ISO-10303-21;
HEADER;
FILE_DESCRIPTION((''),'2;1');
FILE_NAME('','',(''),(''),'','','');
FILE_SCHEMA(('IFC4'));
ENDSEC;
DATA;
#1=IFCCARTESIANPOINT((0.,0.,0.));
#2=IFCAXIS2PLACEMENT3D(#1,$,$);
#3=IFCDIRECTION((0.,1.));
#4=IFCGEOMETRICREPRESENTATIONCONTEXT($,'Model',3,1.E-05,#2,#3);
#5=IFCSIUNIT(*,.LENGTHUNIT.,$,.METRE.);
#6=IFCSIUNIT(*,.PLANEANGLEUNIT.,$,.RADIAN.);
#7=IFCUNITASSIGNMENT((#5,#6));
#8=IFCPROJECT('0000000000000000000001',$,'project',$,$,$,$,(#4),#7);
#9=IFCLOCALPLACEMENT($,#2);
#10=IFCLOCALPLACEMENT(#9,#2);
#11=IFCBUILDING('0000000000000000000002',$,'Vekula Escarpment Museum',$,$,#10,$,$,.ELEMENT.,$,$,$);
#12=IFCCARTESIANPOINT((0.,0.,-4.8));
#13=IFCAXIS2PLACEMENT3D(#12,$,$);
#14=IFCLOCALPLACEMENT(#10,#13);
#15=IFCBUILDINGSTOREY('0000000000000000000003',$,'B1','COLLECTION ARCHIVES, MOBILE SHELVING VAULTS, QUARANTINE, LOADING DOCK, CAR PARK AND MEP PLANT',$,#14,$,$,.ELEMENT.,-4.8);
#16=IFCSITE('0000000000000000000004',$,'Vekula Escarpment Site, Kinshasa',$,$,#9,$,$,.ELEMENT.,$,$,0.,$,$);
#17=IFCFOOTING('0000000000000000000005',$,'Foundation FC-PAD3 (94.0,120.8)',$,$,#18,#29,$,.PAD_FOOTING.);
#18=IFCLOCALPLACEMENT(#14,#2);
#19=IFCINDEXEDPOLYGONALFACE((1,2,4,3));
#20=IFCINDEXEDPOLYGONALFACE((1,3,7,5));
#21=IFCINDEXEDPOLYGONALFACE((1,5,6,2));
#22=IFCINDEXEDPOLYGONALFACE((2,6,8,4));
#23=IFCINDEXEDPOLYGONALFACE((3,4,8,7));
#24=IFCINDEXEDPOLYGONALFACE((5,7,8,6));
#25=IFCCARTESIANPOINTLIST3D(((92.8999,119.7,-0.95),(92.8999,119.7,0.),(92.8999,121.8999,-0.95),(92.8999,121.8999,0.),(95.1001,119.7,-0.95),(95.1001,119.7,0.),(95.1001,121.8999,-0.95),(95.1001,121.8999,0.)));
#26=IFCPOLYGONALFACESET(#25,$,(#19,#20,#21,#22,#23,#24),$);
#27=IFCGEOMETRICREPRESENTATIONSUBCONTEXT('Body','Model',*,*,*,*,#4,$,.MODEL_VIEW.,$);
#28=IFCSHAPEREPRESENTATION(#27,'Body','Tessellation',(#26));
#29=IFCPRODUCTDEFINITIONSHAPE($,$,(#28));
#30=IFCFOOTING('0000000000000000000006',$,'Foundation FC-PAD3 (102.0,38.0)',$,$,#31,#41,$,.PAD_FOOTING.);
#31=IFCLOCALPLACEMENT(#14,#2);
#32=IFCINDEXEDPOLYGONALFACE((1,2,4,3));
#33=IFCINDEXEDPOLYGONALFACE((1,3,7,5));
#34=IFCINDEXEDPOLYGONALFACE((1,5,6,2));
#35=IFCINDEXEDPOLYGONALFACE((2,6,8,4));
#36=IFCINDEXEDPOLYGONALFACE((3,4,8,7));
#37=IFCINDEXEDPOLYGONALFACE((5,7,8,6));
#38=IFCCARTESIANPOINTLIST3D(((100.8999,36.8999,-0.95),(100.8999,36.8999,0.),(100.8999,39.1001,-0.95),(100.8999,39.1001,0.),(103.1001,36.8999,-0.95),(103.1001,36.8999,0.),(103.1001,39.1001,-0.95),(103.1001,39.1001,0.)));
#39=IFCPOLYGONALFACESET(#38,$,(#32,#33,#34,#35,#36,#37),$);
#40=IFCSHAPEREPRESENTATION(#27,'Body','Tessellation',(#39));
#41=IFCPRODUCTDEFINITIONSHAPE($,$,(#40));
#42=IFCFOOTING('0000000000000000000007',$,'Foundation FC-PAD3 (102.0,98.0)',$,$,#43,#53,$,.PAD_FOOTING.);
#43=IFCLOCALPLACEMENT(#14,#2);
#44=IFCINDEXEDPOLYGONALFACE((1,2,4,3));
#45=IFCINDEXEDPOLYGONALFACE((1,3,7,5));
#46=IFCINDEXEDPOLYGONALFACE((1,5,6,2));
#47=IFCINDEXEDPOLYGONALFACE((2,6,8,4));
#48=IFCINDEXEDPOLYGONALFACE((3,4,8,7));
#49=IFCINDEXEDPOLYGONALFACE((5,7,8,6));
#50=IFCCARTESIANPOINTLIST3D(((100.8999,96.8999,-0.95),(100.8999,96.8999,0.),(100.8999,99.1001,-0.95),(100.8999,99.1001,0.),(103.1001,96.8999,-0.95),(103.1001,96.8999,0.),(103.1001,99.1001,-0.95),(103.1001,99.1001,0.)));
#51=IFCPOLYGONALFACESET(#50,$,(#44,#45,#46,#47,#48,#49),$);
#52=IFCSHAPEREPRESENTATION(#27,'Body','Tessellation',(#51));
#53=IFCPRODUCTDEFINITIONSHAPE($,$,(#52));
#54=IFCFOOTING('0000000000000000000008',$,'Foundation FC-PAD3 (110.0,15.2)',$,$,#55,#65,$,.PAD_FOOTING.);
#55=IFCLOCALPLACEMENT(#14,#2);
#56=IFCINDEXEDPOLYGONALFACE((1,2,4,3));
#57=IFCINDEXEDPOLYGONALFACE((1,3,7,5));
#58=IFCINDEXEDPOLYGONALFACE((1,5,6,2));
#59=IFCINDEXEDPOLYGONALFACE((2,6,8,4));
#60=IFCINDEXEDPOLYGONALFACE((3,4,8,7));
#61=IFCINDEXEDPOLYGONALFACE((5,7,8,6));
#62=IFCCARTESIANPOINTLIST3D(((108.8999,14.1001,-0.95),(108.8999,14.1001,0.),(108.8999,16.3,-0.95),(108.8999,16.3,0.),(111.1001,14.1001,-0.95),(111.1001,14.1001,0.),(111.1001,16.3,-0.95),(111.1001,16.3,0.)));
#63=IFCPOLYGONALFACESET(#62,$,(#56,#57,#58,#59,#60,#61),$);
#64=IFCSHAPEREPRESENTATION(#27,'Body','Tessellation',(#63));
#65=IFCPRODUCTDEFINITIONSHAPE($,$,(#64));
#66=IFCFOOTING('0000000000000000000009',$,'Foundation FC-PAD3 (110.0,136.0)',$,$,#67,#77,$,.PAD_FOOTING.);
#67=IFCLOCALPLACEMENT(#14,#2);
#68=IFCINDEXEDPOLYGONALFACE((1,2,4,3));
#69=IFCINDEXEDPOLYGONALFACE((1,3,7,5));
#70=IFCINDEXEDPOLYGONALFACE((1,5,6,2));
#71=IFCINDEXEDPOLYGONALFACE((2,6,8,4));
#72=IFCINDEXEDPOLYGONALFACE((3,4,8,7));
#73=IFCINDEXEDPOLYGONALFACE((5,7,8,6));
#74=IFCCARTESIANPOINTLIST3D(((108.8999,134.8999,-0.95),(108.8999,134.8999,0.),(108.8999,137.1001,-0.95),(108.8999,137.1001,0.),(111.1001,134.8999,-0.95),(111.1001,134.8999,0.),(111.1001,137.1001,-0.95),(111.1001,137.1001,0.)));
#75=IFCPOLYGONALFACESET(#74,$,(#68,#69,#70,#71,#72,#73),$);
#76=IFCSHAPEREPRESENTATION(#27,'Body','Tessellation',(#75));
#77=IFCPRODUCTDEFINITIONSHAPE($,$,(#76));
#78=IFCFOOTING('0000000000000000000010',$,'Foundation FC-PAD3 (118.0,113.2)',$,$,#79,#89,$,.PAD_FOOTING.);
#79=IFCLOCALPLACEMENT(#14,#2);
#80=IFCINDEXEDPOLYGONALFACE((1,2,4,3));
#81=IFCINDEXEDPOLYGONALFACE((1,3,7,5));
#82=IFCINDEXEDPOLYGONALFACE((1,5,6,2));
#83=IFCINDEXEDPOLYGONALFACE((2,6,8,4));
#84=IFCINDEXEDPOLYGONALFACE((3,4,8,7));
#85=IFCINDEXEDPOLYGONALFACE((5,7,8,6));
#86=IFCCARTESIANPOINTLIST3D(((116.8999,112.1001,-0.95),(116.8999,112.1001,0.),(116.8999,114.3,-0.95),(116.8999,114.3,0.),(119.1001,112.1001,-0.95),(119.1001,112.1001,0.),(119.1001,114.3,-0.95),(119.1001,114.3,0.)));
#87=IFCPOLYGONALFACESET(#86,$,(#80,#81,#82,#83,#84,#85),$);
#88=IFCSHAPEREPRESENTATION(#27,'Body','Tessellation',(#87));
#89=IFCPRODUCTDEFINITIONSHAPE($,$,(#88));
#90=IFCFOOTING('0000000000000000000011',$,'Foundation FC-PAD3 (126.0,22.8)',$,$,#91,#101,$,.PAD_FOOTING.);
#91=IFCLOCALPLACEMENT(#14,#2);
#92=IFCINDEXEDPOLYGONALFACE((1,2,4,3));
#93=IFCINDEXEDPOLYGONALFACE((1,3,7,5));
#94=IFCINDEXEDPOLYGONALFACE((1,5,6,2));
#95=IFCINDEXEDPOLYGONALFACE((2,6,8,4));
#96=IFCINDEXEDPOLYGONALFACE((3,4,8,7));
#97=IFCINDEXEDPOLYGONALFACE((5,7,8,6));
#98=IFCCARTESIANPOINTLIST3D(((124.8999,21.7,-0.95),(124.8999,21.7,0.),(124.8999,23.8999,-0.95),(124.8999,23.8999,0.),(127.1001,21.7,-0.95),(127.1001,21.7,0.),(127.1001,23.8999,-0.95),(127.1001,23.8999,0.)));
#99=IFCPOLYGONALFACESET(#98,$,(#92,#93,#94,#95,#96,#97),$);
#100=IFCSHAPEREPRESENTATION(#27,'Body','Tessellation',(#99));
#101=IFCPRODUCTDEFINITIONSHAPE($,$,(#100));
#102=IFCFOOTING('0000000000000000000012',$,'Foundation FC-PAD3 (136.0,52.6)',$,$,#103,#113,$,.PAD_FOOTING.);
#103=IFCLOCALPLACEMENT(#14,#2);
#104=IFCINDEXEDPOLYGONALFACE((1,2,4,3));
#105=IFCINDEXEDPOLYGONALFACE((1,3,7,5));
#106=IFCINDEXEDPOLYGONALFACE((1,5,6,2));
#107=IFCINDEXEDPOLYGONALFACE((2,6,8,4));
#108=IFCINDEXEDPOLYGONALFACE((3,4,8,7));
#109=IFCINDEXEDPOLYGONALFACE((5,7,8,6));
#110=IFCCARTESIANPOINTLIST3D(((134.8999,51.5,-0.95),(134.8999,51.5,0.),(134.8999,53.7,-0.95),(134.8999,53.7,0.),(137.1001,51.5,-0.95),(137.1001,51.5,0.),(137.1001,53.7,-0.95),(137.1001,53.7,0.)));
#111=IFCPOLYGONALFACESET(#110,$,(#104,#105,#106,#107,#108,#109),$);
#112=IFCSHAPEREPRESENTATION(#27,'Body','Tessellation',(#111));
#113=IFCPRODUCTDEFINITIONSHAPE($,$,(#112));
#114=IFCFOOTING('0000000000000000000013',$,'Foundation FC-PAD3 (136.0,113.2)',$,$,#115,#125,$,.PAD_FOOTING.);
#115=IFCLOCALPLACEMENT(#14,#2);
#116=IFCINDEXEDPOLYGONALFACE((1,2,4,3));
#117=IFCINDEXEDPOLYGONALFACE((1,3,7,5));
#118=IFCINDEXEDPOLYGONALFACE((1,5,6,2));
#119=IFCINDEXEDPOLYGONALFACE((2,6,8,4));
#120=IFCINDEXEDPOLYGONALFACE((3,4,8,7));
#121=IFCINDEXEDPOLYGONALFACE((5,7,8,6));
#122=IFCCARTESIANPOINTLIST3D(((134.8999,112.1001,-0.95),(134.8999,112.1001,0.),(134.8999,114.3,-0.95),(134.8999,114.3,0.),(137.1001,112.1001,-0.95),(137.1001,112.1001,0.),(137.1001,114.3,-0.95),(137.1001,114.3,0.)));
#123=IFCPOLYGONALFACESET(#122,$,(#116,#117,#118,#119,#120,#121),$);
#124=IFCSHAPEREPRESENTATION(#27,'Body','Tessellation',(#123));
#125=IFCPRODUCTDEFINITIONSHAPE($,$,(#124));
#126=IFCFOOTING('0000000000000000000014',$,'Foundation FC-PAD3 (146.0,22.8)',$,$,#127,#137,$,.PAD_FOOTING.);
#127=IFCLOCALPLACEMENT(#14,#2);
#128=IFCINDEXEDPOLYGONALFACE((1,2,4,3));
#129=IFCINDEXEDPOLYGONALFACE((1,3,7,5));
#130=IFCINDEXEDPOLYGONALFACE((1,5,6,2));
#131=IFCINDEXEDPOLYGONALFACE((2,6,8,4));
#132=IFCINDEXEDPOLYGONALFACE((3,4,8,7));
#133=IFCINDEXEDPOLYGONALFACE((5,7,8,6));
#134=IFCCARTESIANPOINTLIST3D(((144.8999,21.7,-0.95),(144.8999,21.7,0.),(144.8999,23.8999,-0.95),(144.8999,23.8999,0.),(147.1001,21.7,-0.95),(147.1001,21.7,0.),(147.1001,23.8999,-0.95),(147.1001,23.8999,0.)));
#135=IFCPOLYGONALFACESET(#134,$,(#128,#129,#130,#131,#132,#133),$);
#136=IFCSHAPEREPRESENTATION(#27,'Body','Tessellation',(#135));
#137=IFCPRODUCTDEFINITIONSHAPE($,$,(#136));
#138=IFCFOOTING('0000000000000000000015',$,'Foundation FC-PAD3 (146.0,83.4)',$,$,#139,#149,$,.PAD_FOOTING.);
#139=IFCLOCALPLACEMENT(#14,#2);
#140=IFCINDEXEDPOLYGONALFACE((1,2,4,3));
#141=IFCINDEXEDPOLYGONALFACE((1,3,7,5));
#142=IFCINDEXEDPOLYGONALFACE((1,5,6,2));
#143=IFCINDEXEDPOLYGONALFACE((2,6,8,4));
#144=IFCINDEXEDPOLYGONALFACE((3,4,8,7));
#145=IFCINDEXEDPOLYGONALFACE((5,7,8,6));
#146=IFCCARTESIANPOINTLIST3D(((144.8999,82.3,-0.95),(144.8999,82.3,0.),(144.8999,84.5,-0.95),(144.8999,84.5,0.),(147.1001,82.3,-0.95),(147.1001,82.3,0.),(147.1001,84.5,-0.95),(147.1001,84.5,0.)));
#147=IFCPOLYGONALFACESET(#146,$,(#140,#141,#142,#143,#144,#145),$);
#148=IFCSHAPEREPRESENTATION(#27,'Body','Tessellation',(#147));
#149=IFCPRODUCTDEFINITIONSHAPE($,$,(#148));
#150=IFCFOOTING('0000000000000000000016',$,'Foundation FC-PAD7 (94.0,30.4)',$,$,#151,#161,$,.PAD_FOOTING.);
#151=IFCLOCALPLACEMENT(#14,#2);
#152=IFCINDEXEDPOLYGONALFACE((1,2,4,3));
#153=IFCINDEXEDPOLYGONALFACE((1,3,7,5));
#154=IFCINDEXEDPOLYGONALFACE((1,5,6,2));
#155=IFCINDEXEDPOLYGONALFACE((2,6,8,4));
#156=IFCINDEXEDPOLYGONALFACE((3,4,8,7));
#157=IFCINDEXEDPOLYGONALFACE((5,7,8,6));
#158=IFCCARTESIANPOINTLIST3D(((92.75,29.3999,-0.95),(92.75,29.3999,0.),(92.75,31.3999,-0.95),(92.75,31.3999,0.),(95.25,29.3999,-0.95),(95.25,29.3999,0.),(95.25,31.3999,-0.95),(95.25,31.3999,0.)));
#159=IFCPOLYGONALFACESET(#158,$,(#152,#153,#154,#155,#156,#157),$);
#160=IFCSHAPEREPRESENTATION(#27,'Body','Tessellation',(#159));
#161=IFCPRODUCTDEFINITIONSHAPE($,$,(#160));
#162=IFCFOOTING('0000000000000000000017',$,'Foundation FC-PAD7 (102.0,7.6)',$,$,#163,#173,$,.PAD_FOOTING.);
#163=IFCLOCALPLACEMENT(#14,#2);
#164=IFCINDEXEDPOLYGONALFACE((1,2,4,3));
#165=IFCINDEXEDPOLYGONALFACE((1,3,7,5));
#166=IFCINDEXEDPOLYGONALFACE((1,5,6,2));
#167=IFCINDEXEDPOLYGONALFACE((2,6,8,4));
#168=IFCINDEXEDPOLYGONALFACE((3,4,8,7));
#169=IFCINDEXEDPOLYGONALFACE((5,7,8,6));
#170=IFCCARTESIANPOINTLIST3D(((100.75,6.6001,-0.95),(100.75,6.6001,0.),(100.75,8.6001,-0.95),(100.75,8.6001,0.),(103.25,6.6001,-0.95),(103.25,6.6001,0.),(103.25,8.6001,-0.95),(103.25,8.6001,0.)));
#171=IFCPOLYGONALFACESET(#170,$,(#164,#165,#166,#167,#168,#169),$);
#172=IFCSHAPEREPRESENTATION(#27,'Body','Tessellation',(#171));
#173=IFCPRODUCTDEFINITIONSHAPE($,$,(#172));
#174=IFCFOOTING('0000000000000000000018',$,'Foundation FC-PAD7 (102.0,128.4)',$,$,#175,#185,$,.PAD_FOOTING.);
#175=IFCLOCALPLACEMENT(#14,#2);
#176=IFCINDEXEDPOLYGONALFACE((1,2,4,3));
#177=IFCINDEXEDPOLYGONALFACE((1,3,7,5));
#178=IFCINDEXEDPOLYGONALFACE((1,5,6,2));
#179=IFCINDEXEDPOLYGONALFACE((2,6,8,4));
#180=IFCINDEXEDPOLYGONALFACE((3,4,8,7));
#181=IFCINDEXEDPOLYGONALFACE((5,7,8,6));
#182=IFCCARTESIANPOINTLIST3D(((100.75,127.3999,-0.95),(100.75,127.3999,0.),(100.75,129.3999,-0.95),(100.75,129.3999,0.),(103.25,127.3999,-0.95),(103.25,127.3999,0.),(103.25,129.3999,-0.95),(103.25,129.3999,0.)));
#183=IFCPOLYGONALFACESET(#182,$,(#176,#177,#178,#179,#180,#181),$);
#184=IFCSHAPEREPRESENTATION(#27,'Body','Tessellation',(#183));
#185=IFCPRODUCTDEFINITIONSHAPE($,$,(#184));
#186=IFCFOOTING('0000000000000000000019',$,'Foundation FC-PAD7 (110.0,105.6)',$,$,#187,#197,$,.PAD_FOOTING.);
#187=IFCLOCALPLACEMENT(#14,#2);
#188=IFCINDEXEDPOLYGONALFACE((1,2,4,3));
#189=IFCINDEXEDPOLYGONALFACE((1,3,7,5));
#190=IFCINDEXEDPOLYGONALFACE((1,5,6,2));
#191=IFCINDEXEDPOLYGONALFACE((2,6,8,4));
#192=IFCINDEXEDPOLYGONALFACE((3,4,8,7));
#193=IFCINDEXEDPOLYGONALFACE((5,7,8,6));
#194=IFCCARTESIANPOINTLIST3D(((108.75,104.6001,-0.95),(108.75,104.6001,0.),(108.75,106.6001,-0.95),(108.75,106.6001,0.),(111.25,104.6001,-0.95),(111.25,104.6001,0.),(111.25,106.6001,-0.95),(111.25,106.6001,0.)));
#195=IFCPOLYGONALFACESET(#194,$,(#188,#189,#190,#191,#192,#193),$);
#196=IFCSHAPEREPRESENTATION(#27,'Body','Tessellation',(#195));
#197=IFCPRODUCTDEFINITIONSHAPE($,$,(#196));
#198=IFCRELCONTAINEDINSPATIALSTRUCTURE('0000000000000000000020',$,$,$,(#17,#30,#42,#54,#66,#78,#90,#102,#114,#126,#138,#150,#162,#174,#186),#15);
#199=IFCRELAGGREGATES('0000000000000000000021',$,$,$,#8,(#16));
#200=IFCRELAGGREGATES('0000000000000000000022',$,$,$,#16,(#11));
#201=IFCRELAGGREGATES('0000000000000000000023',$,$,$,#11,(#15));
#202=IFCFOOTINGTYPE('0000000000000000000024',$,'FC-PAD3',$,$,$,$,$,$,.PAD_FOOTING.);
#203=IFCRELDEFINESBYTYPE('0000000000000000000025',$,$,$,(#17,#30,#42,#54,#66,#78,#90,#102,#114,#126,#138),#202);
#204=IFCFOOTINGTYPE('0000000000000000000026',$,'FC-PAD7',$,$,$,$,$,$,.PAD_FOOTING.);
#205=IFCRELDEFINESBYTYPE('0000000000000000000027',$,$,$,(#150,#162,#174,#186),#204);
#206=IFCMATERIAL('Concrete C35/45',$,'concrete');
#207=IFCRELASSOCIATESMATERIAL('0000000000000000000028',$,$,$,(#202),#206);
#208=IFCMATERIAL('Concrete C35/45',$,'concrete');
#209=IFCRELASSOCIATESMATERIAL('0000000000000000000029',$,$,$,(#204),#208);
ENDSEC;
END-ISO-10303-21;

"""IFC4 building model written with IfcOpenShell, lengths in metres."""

from ifc_helpers import new_model, si_unit, direction, frame, origin, place, context, subcontext, project, spatial, polyline, outline, extrude, material, type_object, element, save


model = new_model("IFC4")

# Units and contexts
model_context = context("Model", 3, precision=1e-05, world=origin(), true_north=direction((0.0, 1.0)))
body_context = subcontext(model_context, "Body", "Model", "MODEL_VIEW")
ifc_project = project(units=[si_unit("LENGTHUNIT", "METRE"), si_unit("PLANEANGLEUNIT", "RADIAN")], contexts=[model_context])

# Site, building, storey
site_placement = place(None, origin())
site = spatial("IfcSite", under=ifc_project, at=site_placement, Name="Vekula Escarpment Site, Kinshasa", CompositionType="ELEMENT", RefElevation=0.0)
building_placement = place(site_placement, origin())
building = spatial("IfcBuilding", under=site, at=building_placement, Name="Vekula Escarpment Museum", CompositionType="ELEMENT")
storey_placement = place(building_placement, frame((0.0, 0.0, -4.8)))
storey = spatial("IfcBuildingStorey", under=building, at=storey_placement, Name="B1", Description="COLLECTION ARCHIVES, MOBILE SHELVING VAULTS, QUARANTINE, LOADING DOCK, CAR PARK AND MEP PLANT", CompositionType="ELEMENT", Elevation=-4.8)

# Footings
ifc_material_1 = material(Name="Concrete C35/45", Category="concrete")
footing_type_1 = type_object("IfcFootingType", Name="FC-PAD3", PredefinedType="PAD_FOOTING", material=ifc_material_1)
footing_1_placement = place(storey_placement, frame((0.0, 0.0, -0.95)))
element("IfcFooting", 1, at=footing_1_placement, inside=storey, type_object=footing_type_1, Name="Foundation FC-PAD3 (94.0,120.8)", PredefinedType="PAD_FOOTING", context=body_context, shape_type="SweptSolid", body=[
    extrude(outline(polyline([(92.8999, 119.7), (95.1001, 119.7), (95.1001, 121.8999), (92.8999, 121.8999), (92.8999, 119.7)])), origin(), (0.0, 0.0, 1.0), 0.95),
])
footing_2_placement = place(storey_placement, frame((0.0, 0.0, -0.95)))
element("IfcFooting", 2, at=footing_2_placement, inside=storey, type_object=footing_type_1, Name="Foundation FC-PAD3 (102.0,38.0)", PredefinedType="PAD_FOOTING", context=body_context, shape_type="SweptSolid", body=[
    extrude(outline(polyline([(100.8999, 36.8999), (103.1001, 36.8999), (103.1001, 39.1001), (100.8999, 39.1001), (100.8999, 36.8999)])), origin(), (0.0, 0.0, 1.0), 0.95),
])
footing_3_placement = place(storey_placement, frame((0.0, 0.0, -0.95)))
element("IfcFooting", 3, at=footing_3_placement, inside=storey, type_object=footing_type_1, Name="Foundation FC-PAD3 (102.0,98.0)", PredefinedType="PAD_FOOTING", context=body_context, shape_type="SweptSolid", body=[
    extrude(outline(polyline([(100.8999, 96.8999), (103.1001, 96.8999), (103.1001, 99.1001), (100.8999, 99.1001), (100.8999, 96.8999)])), origin(), (0.0, 0.0, 1.0), 0.95),
])
footing_4_placement = place(storey_placement, frame((0.0, 0.0, -0.95)))
element("IfcFooting", 4, at=footing_4_placement, inside=storey, type_object=footing_type_1, Name="Foundation FC-PAD3 (110.0,15.2)", PredefinedType="PAD_FOOTING", context=body_context, shape_type="SweptSolid", body=[
    extrude(outline(polyline([(108.8999, 14.1001), (111.1001, 14.1001), (111.1001, 16.3), (108.8999, 16.3), (108.8999, 14.1001)])), origin(), (0.0, 0.0, 1.0), 0.95),
])
footing_5_placement = place(storey_placement, frame((0.0, 0.0, -0.95)))
element("IfcFooting", 5, at=footing_5_placement, inside=storey, type_object=footing_type_1, Name="Foundation FC-PAD3 (110.0,136.0)", PredefinedType="PAD_FOOTING", context=body_context, shape_type="SweptSolid", body=[
    extrude(outline(polyline([(108.8999, 134.8999), (111.1001, 134.8999), (111.1001, 137.1001), (108.8999, 137.1001), (108.8999, 134.8999)])), origin(), (0.0, 0.0, 1.0), 0.95),
])
footing_6_placement = place(storey_placement, frame((0.0, 0.0, -0.95)))
element("IfcFooting", 6, at=footing_6_placement, inside=storey, type_object=footing_type_1, Name="Foundation FC-PAD3 (118.0,113.2)", PredefinedType="PAD_FOOTING", context=body_context, shape_type="SweptSolid", body=[
    extrude(outline(polyline([(116.8999, 112.1001), (119.1001, 112.1001), (119.1001, 114.3), (116.8999, 114.3), (116.8999, 112.1001)])), origin(), (0.0, 0.0, 1.0), 0.95),
])
footing_7_placement = place(storey_placement, frame((0.0, 0.0, -0.95)))
element("IfcFooting", 7, at=footing_7_placement, inside=storey, type_object=footing_type_1, Name="Foundation FC-PAD3 (126.0,22.8)", PredefinedType="PAD_FOOTING", context=body_context, shape_type="SweptSolid", body=[
    extrude(outline(polyline([(124.8999, 21.7), (127.1001, 21.7), (127.1001, 23.8999), (124.8999, 23.8999), (124.8999, 21.7)])), origin(), (0.0, 0.0, 1.0), 0.95),
])
footing_8_placement = place(storey_placement, frame((0.0, 0.0, -0.95)))
element("IfcFooting", 8, at=footing_8_placement, inside=storey, type_object=footing_type_1, Name="Foundation FC-PAD3 (136.0,52.6)", PredefinedType="PAD_FOOTING", context=body_context, shape_type="SweptSolid", body=[
    extrude(outline(polyline([(134.8999, 51.5), (137.1001, 51.5), (137.1001, 53.7), (134.8999, 53.7), (134.8999, 51.5)])), origin(), (0.0, 0.0, 1.0), 0.95),
])
footing_9_placement = place(storey_placement, frame((0.0, 0.0, -0.95)))
element("IfcFooting", 9, at=footing_9_placement, inside=storey, type_object=footing_type_1, Name="Foundation FC-PAD3 (136.0,113.2)", PredefinedType="PAD_FOOTING", context=body_context, shape_type="SweptSolid", body=[
    extrude(outline(polyline([(134.8999, 112.1001), (137.1001, 112.1001), (137.1001, 114.3), (134.8999, 114.3), (134.8999, 112.1001)])), origin(), (0.0, 0.0, 1.0), 0.95),
])
footing_10_placement = place(storey_placement, frame((0.0, 0.0, -0.95)))
element("IfcFooting", 10, at=footing_10_placement, inside=storey, type_object=footing_type_1, Name="Foundation FC-PAD3 (146.0,22.8)", PredefinedType="PAD_FOOTING", context=body_context, shape_type="SweptSolid", body=[
    extrude(outline(polyline([(144.8999, 21.7), (147.1001, 21.7), (147.1001, 23.8999), (144.8999, 23.8999), (144.8999, 21.7)])), origin(), (0.0, 0.0, 1.0), 0.95),
])
footing_11_placement = place(storey_placement, frame((0.0, 0.0, -0.95)))
element("IfcFooting", 11, at=footing_11_placement, inside=storey, type_object=footing_type_1, Name="Foundation FC-PAD3 (146.0,83.4)", PredefinedType="PAD_FOOTING", context=body_context, shape_type="SweptSolid", body=[
    extrude(outline(polyline([(144.8999, 82.3), (147.1001, 82.3), (147.1001, 84.5), (144.8999, 84.5), (144.8999, 82.3)])), origin(), (0.0, 0.0, 1.0), 0.95),
])
ifc_material_2 = material(Name="Concrete C35/45", Category="concrete")
footing_type_2 = type_object("IfcFootingType", Name="FC-PAD7", PredefinedType="PAD_FOOTING", material=ifc_material_2)
footing_12_placement = place(storey_placement, frame((0.0, 0.0, -0.95)))
element("IfcFooting", 12, at=footing_12_placement, inside=storey, type_object=footing_type_2, Name="Foundation FC-PAD7 (94.0,30.4)", PredefinedType="PAD_FOOTING", context=body_context, shape_type="SweptSolid", body=[
    extrude(outline(polyline([(92.75, 29.3999), (95.25, 29.3999), (95.25, 31.3999), (92.75, 31.3999), (92.75, 29.3999)])), origin(), (0.0, 0.0, 1.0), 0.95),
])
footing_13_placement = place(storey_placement, frame((0.0, 0.0, -0.95)))
element("IfcFooting", 13, at=footing_13_placement, inside=storey, type_object=footing_type_2, Name="Foundation FC-PAD7 (102.0,7.6)", PredefinedType="PAD_FOOTING", context=body_context, shape_type="SweptSolid", body=[
    extrude(outline(polyline([(100.75, 6.6001), (103.25, 6.6001), (103.25, 8.6001), (100.75, 8.6001), (100.75, 6.6001)])), origin(), (0.0, 0.0, 1.0), 0.95),
])
footing_14_placement = place(storey_placement, frame((0.0, 0.0, -0.95)))
element("IfcFooting", 14, at=footing_14_placement, inside=storey, type_object=footing_type_2, Name="Foundation FC-PAD7 (102.0,128.4)", PredefinedType="PAD_FOOTING", context=body_context, shape_type="SweptSolid", body=[
    extrude(outline(polyline([(100.75, 127.3999), (103.25, 127.3999), (103.25, 129.3999), (100.75, 129.3999), (100.75, 127.3999)])), origin(), (0.0, 0.0, 1.0), 0.95),
])
footing_15_placement = place(storey_placement, frame((0.0, 0.0, -0.95)))
element("IfcFooting", 15, at=footing_15_placement, inside=storey, type_object=footing_type_2, Name="Foundation FC-PAD7 (110.0,105.6)", PredefinedType="PAD_FOOTING", context=body_context, shape_type="SweptSolid", body=[
    extrude(outline(polyline([(108.75, 104.6001), (111.25, 104.6001), (111.25, 106.6001), (108.75, 106.6001), (108.75, 104.6001)])), origin(), (0.0, 0.0, 1.0), 0.95),
])

save(model, "model.ifc")
